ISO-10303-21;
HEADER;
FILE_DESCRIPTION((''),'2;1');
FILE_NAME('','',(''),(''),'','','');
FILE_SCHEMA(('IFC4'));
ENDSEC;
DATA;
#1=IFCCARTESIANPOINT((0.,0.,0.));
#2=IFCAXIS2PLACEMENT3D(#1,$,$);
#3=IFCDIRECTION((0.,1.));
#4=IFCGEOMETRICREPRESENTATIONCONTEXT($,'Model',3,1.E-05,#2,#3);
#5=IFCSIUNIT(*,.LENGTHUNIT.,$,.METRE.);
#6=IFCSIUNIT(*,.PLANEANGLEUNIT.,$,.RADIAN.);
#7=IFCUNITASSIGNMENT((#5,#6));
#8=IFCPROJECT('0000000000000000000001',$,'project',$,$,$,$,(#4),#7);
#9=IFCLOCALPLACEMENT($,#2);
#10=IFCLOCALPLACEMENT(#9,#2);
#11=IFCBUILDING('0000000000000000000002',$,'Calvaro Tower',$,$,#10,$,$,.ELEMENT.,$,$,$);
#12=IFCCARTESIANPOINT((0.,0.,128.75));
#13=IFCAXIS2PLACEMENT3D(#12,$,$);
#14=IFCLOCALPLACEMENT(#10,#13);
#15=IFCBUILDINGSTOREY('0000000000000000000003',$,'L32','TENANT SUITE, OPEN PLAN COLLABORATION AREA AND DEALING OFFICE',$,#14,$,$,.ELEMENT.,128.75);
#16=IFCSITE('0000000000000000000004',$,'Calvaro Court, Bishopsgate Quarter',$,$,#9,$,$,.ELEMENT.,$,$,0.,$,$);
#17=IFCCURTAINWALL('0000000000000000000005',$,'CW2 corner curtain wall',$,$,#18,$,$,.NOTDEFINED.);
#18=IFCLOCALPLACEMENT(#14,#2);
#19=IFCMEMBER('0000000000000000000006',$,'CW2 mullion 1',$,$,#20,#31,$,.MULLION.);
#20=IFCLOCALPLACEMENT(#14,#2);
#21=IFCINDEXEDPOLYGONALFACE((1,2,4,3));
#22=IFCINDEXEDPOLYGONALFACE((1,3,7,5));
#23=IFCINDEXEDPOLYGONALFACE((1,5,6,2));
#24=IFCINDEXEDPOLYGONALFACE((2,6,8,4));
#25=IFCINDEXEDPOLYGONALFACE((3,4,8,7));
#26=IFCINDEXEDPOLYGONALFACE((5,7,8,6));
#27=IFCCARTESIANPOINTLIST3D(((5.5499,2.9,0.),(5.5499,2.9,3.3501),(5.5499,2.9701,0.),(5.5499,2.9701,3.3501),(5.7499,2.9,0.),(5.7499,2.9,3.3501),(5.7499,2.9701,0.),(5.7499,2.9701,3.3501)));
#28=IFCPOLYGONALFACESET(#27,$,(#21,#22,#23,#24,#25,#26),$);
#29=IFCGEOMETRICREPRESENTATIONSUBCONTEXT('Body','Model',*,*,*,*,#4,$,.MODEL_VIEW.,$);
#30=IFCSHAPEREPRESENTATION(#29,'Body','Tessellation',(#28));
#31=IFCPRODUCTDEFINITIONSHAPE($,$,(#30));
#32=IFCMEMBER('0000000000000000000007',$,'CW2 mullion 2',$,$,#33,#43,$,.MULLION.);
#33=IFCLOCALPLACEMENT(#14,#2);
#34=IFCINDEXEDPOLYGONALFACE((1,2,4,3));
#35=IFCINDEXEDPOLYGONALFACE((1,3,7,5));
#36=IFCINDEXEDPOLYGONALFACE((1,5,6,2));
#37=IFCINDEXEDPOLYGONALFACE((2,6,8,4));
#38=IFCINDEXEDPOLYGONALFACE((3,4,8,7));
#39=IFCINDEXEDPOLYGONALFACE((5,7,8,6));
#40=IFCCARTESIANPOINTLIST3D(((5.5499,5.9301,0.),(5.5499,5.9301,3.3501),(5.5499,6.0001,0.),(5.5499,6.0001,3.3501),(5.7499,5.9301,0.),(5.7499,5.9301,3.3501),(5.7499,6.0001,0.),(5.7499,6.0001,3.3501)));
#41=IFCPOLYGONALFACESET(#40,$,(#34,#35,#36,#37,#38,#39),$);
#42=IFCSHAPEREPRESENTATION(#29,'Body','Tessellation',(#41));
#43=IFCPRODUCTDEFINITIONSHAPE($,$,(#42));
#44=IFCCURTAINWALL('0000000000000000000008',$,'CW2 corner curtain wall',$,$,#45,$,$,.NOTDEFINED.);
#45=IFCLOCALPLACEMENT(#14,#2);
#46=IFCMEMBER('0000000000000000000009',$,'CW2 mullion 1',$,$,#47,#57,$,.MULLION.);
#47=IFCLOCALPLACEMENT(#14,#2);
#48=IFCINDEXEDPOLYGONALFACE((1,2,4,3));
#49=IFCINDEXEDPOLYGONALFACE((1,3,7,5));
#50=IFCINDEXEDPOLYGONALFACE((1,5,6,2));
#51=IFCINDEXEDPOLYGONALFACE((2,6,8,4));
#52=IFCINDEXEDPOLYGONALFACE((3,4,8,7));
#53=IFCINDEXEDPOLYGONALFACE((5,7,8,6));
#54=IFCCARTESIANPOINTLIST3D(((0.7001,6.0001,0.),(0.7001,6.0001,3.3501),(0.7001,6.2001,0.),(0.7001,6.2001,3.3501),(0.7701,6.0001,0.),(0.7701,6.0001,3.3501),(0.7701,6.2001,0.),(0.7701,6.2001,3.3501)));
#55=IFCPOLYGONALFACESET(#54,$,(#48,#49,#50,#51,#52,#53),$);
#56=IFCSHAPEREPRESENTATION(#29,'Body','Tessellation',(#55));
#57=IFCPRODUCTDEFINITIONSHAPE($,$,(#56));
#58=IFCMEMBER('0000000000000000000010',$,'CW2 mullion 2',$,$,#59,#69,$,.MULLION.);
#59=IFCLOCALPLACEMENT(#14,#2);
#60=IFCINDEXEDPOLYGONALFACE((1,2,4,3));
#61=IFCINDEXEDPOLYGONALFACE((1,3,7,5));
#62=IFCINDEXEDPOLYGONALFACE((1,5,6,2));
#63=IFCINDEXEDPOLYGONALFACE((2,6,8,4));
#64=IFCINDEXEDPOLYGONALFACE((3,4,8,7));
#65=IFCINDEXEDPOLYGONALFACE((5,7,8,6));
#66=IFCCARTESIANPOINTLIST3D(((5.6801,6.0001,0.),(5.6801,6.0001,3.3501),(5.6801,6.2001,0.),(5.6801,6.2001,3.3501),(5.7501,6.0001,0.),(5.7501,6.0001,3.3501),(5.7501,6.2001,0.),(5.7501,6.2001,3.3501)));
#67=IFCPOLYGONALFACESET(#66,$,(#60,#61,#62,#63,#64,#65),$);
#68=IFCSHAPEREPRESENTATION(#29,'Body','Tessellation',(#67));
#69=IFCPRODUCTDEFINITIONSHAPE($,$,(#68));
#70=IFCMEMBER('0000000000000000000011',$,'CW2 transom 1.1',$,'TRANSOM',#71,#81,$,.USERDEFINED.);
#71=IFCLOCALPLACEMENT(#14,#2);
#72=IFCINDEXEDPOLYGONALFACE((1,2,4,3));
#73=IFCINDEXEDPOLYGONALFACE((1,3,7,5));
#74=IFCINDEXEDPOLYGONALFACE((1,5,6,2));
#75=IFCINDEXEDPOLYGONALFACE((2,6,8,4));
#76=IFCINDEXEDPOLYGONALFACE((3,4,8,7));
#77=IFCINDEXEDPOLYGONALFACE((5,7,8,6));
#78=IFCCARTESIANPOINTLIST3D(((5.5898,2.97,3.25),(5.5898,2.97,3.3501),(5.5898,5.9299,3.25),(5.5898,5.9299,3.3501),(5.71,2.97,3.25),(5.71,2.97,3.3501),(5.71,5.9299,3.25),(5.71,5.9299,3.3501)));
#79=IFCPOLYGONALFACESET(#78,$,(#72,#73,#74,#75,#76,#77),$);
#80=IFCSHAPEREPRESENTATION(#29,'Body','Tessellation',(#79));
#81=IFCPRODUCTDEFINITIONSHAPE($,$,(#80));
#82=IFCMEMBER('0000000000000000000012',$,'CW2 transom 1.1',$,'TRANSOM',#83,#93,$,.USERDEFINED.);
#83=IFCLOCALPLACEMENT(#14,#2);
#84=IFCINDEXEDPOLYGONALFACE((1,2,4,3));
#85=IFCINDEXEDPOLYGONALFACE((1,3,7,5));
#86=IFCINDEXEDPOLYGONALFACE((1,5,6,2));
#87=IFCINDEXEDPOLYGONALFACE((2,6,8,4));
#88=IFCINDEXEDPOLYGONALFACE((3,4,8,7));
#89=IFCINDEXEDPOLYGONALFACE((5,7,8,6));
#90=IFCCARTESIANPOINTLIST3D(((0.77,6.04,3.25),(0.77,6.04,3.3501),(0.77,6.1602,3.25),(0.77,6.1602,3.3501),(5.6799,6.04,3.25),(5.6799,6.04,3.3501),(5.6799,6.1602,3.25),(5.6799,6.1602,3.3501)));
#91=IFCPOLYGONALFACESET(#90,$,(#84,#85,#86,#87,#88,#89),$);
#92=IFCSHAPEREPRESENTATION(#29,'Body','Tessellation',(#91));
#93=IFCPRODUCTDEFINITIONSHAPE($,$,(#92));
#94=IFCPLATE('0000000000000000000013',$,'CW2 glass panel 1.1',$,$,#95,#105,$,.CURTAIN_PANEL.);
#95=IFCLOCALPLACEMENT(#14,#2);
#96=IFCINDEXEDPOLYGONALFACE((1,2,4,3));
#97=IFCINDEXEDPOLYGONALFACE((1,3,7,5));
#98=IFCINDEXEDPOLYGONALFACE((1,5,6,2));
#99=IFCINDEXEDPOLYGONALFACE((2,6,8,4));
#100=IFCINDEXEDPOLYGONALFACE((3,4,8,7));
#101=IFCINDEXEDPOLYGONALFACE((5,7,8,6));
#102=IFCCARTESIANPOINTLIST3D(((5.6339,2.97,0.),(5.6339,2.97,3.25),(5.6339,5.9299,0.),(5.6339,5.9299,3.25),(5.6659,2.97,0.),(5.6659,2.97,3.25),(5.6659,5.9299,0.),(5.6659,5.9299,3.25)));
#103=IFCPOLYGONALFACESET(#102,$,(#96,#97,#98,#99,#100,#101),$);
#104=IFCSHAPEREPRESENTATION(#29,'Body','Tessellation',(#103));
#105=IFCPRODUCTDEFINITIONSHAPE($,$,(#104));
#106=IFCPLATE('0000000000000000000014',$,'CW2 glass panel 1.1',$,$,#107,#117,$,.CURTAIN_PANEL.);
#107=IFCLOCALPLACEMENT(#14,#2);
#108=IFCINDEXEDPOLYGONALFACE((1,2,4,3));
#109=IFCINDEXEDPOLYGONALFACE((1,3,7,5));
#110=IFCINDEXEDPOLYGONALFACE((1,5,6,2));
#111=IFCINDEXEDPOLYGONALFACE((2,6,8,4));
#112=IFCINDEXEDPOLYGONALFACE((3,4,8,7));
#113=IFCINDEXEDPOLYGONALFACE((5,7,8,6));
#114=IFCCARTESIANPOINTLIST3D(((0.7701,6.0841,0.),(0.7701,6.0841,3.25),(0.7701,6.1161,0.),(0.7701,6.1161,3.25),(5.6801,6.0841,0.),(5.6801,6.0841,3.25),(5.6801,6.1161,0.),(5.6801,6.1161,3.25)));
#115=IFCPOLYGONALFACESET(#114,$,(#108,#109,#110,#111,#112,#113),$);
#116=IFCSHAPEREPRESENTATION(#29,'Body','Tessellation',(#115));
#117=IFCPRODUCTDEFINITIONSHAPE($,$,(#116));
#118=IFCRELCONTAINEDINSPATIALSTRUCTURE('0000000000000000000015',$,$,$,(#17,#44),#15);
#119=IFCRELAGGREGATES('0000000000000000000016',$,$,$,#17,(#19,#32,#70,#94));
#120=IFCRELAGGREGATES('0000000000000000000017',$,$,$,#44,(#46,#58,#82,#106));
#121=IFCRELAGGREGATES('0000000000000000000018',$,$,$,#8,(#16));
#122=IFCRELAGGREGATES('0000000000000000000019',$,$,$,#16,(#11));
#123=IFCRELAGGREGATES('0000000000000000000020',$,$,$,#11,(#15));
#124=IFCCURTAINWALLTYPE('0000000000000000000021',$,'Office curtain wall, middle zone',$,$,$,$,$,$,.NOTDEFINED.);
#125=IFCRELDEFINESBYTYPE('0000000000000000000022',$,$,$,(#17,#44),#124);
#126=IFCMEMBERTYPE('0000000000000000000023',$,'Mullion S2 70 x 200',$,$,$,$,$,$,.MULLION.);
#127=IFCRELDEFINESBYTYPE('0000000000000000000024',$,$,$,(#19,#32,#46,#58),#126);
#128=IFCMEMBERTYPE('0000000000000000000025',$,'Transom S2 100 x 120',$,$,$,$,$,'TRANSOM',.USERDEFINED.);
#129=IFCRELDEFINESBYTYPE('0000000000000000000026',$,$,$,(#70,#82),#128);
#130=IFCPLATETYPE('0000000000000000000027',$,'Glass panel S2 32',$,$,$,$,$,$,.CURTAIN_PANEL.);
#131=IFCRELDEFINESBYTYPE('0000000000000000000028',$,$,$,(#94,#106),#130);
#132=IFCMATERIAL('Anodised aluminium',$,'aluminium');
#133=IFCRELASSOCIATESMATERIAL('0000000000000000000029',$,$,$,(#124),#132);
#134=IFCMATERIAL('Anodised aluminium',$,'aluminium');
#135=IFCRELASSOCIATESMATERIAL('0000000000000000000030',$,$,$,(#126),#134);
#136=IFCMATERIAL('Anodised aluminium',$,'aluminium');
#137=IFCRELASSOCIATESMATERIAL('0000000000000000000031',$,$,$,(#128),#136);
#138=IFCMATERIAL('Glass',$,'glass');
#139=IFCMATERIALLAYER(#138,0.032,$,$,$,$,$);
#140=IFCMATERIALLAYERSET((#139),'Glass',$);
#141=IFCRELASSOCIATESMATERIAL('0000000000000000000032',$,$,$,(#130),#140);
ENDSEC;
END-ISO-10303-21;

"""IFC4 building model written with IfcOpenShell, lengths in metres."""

from ifc_helpers import new_model, si_unit, direction, frame, origin, origin_2d, place, context, subcontext, project, spatial, rectangle, extrude, material, layer, layer_set, material_profile, profile_set, type_object, element, aggregate, save


model = new_model("IFC4")

# Units and contexts
model_context = context("Model", 3, precision=1e-05, world=origin(), true_north=direction((0.0, 1.0)))
body_context = subcontext(model_context, "Body", "Model", "MODEL_VIEW")
ifc_project = project(units=[si_unit("LENGTHUNIT", "METRE"), si_unit("PLANEANGLEUNIT", "RADIAN")], contexts=[model_context])

# Site, building, storey
site_placement = place(None, origin())
site = spatial("IfcSite", under=ifc_project, at=site_placement, Name="Calvaro Court, Bishopsgate Quarter", CompositionType="ELEMENT", RefElevation=0.0)
building_placement = place(site_placement, origin())
building = spatial("IfcBuilding", under=site, at=building_placement, Name="Calvaro Tower", CompositionType="ELEMENT")
storey_placement = place(building_placement, frame((0.0, 0.0, 128.75)))
storey = spatial("IfcBuildingStorey", under=building, at=storey_placement, Name="L32", Description="TENANT SUITE, OPEN PLAN COLLABORATION AREA AND DEALING OFFICE", CompositionType="ELEMENT", Elevation=128.75)

# Curtain walls, members
ifc_material_1 = material(Name="Anodised aluminium", Category="aluminium")
curtain_wall_type = type_object("IfcCurtainWallType", Name="Office curtain wall, middle zone", PredefinedType="NOTDEFINED", material=ifc_material_1)
curtain_wall_1_placement = place(storey_placement, origin())
curtain_wall_1 = element("IfcCurtainWall", 1, at=curtain_wall_1_placement, inside=storey, type_object=curtain_wall_type, Name="CW2 corner curtain wall", PredefinedType="NOTDEFINED")
ifc_material_2 = material(Name="Anodised aluminium", Category="aluminium")
ifc_material_profile_1 = material_profile(ifc_material_2, rectangle(XDim=0.2, YDim=0.0701, at=origin_2d()), Name="Mullion S2 70 x 200")
ifc_profile_set_1 = profile_set([ifc_material_profile_1], Name="Anodised aluminium")
member_type_1 = type_object("IfcMemberType", Name="Mullion S2 70 x 200", PredefinedType="MULLION", material=ifc_profile_set_1)
member_1_placement = place(storey_placement, frame((5.6499, 2.9351, 0.0), z_axis=(0.0, 0.0, 1.0), x_axis=(-1.0, 0.0, 0.0)))
member_1 = element("IfcMember", 2, at=member_1_placement, type_object=member_type_1, Name="CW2 mullion 1", PredefinedType="MULLION", context=body_context, shape_type="SweptSolid", body=[
    extrude(rectangle(XDim=0.2, YDim=0.0701, at=origin_2d()), origin(), (0.0, 0.0, 1.0), 3.3501),
])
member_2_placement = place(storey_placement, frame((5.6499, 5.9651, 0.0), z_axis=(0.0, 0.0, 1.0), x_axis=(-1.0, 0.0, 0.0)))
member_2 = element("IfcMember", 3, at=member_2_placement, type_object=member_type_1, Name="CW2 mullion 2", PredefinedType="MULLION", context=body_context, shape_type="SweptSolid", body=[
    extrude(rectangle(XDim=0.2, YDim=0.0701, at=origin_2d()), origin(), (0.0, 0.0, 1.0), 3.3501),
])
curtain_wall_2_placement = place(storey_placement, origin())
curtain_wall_2 = element("IfcCurtainWall", 4, at=curtain_wall_2_placement, inside=storey, type_object=curtain_wall_type, Name="CW2 corner curtain wall", PredefinedType="NOTDEFINED")
member_3_placement = place(storey_placement, frame((0.7351, 6.1001, 0.0), z_axis=(0.0, 0.0, 1.0), x_axis=(0.0, 1.0, 0.0)))
member_3 = element("IfcMember", 5, at=member_3_placement, type_object=member_type_1, Name="CW2 mullion 1", PredefinedType="MULLION", context=body_context, shape_type="SweptSolid", body=[
    extrude(rectangle(XDim=0.2, YDim=0.0701, at=origin_2d()), origin(), (0.0, 0.0, 1.0), 3.3501),
])
member_4_placement = place(storey_placement, frame((5.7151, 6.1001, 0.0), z_axis=(0.0, 0.0, 1.0), x_axis=(0.0, 1.0, 0.0)))
member_4 = element("IfcMember", 6, at=member_4_placement, type_object=member_type_1, Name="CW2 mullion 2", PredefinedType="MULLION", context=body_context, shape_type="SweptSolid", body=[
    extrude(rectangle(XDim=0.2, YDim=0.0701, at=origin_2d()), origin(), (0.0, 0.0, 1.0), 3.3501),
])

# Members
ifc_material_3 = material(Name="Anodised aluminium", Category="aluminium")
ifc_material_profile_2 = material_profile(ifc_material_3, rectangle(XDim=0.1201, YDim=0.1001, at=origin_2d()), Name="Transom S2 100 x 120")
ifc_profile_set_2 = profile_set([ifc_material_profile_2], Name="Anodised aluminium")
member_type_2 = type_object("IfcMemberType", Name="Transom S2 100 x 120", ElementType="TRANSOM", PredefinedType="USERDEFINED", material=ifc_profile_set_2)
member_5_placement = place(storey_placement, frame((5.6499, 2.97, 3.3), z_axis=(0.0, 1.0, 0.0), x_axis=(-1.0, 0.0, 0.0)))
member_5 = element("IfcMember", 7, at=member_5_placement, type_object=member_type_2, Name="CW2 transom 1.1", ObjectType="TRANSOM", PredefinedType="USERDEFINED", context=body_context, shape_type="SweptSolid", body=[
    extrude(rectangle(XDim=0.1201, YDim=0.1001, at=origin_2d()), origin(), (0.0, 0.0, 1.0), 2.96),
])
member_6_placement = place(storey_placement, frame((0.77, 6.1001, 3.3), z_axis=(1.0, 0.0, 0.0), x_axis=(0.0, 1.0, 0.0)))
member_6 = element("IfcMember", 8, at=member_6_placement, type_object=member_type_2, Name="CW2 transom 1.1", ObjectType="TRANSOM", PredefinedType="USERDEFINED", context=body_context, shape_type="SweptSolid", body=[
    extrude(rectangle(XDim=0.1201, YDim=0.1001, at=origin_2d()), origin(), (0.0, 0.0, 1.0), 4.9099),
])

# Plates
ifc_material_4 = material(Name="Glass", Category="glass")
ifc_layer_1 = layer(ifc_material_4, 0.032)
ifc_layer_set_1 = layer_set([ifc_layer_1], Name="Glass")
plate_type = type_object("IfcPlateType", Name="Glass panel S2 32", PredefinedType="CURTAIN_PANEL", material=ifc_layer_set_1)
plate_1_placement = place(storey_placement, frame((5.6499, 4.45, 0.0), z_axis=(0.0, 0.0, 1.0), x_axis=(0.0, 1.0, 0.0)))
plate_1 = element("IfcPlate", 9, at=plate_1_placement, type_object=plate_type, Name="CW2 glass panel 1.1", PredefinedType="CURTAIN_PANEL", context=body_context, shape_type="SweptSolid", body=[
    extrude(rectangle(XDim=2.96, YDim=0.032, at=origin_2d()), origin(), (0.0, 0.0, 1.0), 3.25),
])
aggregate(curtain_wall_1, [member_1, member_2, member_5, plate_1])
plate_2_placement = place(storey_placement, frame((3.2251, 6.1001, 0.0), z_axis=(0.0, 0.0, 1.0), x_axis=(1.0, 0.0, 0.0)))
plate_2 = element("IfcPlate", 10, at=plate_2_placement, type_object=plate_type, Name="CW2 glass panel 1.1", PredefinedType="CURTAIN_PANEL", context=body_context, shape_type="SweptSolid", body=[
    extrude(rectangle(XDim=4.9099, YDim=0.032, at=origin_2d()), origin(), (0.0, 0.0, 1.0), 3.25),
])
aggregate(curtain_wall_2, [member_3, member_4, member_6, plate_2])

save(model, "model.ifc")
